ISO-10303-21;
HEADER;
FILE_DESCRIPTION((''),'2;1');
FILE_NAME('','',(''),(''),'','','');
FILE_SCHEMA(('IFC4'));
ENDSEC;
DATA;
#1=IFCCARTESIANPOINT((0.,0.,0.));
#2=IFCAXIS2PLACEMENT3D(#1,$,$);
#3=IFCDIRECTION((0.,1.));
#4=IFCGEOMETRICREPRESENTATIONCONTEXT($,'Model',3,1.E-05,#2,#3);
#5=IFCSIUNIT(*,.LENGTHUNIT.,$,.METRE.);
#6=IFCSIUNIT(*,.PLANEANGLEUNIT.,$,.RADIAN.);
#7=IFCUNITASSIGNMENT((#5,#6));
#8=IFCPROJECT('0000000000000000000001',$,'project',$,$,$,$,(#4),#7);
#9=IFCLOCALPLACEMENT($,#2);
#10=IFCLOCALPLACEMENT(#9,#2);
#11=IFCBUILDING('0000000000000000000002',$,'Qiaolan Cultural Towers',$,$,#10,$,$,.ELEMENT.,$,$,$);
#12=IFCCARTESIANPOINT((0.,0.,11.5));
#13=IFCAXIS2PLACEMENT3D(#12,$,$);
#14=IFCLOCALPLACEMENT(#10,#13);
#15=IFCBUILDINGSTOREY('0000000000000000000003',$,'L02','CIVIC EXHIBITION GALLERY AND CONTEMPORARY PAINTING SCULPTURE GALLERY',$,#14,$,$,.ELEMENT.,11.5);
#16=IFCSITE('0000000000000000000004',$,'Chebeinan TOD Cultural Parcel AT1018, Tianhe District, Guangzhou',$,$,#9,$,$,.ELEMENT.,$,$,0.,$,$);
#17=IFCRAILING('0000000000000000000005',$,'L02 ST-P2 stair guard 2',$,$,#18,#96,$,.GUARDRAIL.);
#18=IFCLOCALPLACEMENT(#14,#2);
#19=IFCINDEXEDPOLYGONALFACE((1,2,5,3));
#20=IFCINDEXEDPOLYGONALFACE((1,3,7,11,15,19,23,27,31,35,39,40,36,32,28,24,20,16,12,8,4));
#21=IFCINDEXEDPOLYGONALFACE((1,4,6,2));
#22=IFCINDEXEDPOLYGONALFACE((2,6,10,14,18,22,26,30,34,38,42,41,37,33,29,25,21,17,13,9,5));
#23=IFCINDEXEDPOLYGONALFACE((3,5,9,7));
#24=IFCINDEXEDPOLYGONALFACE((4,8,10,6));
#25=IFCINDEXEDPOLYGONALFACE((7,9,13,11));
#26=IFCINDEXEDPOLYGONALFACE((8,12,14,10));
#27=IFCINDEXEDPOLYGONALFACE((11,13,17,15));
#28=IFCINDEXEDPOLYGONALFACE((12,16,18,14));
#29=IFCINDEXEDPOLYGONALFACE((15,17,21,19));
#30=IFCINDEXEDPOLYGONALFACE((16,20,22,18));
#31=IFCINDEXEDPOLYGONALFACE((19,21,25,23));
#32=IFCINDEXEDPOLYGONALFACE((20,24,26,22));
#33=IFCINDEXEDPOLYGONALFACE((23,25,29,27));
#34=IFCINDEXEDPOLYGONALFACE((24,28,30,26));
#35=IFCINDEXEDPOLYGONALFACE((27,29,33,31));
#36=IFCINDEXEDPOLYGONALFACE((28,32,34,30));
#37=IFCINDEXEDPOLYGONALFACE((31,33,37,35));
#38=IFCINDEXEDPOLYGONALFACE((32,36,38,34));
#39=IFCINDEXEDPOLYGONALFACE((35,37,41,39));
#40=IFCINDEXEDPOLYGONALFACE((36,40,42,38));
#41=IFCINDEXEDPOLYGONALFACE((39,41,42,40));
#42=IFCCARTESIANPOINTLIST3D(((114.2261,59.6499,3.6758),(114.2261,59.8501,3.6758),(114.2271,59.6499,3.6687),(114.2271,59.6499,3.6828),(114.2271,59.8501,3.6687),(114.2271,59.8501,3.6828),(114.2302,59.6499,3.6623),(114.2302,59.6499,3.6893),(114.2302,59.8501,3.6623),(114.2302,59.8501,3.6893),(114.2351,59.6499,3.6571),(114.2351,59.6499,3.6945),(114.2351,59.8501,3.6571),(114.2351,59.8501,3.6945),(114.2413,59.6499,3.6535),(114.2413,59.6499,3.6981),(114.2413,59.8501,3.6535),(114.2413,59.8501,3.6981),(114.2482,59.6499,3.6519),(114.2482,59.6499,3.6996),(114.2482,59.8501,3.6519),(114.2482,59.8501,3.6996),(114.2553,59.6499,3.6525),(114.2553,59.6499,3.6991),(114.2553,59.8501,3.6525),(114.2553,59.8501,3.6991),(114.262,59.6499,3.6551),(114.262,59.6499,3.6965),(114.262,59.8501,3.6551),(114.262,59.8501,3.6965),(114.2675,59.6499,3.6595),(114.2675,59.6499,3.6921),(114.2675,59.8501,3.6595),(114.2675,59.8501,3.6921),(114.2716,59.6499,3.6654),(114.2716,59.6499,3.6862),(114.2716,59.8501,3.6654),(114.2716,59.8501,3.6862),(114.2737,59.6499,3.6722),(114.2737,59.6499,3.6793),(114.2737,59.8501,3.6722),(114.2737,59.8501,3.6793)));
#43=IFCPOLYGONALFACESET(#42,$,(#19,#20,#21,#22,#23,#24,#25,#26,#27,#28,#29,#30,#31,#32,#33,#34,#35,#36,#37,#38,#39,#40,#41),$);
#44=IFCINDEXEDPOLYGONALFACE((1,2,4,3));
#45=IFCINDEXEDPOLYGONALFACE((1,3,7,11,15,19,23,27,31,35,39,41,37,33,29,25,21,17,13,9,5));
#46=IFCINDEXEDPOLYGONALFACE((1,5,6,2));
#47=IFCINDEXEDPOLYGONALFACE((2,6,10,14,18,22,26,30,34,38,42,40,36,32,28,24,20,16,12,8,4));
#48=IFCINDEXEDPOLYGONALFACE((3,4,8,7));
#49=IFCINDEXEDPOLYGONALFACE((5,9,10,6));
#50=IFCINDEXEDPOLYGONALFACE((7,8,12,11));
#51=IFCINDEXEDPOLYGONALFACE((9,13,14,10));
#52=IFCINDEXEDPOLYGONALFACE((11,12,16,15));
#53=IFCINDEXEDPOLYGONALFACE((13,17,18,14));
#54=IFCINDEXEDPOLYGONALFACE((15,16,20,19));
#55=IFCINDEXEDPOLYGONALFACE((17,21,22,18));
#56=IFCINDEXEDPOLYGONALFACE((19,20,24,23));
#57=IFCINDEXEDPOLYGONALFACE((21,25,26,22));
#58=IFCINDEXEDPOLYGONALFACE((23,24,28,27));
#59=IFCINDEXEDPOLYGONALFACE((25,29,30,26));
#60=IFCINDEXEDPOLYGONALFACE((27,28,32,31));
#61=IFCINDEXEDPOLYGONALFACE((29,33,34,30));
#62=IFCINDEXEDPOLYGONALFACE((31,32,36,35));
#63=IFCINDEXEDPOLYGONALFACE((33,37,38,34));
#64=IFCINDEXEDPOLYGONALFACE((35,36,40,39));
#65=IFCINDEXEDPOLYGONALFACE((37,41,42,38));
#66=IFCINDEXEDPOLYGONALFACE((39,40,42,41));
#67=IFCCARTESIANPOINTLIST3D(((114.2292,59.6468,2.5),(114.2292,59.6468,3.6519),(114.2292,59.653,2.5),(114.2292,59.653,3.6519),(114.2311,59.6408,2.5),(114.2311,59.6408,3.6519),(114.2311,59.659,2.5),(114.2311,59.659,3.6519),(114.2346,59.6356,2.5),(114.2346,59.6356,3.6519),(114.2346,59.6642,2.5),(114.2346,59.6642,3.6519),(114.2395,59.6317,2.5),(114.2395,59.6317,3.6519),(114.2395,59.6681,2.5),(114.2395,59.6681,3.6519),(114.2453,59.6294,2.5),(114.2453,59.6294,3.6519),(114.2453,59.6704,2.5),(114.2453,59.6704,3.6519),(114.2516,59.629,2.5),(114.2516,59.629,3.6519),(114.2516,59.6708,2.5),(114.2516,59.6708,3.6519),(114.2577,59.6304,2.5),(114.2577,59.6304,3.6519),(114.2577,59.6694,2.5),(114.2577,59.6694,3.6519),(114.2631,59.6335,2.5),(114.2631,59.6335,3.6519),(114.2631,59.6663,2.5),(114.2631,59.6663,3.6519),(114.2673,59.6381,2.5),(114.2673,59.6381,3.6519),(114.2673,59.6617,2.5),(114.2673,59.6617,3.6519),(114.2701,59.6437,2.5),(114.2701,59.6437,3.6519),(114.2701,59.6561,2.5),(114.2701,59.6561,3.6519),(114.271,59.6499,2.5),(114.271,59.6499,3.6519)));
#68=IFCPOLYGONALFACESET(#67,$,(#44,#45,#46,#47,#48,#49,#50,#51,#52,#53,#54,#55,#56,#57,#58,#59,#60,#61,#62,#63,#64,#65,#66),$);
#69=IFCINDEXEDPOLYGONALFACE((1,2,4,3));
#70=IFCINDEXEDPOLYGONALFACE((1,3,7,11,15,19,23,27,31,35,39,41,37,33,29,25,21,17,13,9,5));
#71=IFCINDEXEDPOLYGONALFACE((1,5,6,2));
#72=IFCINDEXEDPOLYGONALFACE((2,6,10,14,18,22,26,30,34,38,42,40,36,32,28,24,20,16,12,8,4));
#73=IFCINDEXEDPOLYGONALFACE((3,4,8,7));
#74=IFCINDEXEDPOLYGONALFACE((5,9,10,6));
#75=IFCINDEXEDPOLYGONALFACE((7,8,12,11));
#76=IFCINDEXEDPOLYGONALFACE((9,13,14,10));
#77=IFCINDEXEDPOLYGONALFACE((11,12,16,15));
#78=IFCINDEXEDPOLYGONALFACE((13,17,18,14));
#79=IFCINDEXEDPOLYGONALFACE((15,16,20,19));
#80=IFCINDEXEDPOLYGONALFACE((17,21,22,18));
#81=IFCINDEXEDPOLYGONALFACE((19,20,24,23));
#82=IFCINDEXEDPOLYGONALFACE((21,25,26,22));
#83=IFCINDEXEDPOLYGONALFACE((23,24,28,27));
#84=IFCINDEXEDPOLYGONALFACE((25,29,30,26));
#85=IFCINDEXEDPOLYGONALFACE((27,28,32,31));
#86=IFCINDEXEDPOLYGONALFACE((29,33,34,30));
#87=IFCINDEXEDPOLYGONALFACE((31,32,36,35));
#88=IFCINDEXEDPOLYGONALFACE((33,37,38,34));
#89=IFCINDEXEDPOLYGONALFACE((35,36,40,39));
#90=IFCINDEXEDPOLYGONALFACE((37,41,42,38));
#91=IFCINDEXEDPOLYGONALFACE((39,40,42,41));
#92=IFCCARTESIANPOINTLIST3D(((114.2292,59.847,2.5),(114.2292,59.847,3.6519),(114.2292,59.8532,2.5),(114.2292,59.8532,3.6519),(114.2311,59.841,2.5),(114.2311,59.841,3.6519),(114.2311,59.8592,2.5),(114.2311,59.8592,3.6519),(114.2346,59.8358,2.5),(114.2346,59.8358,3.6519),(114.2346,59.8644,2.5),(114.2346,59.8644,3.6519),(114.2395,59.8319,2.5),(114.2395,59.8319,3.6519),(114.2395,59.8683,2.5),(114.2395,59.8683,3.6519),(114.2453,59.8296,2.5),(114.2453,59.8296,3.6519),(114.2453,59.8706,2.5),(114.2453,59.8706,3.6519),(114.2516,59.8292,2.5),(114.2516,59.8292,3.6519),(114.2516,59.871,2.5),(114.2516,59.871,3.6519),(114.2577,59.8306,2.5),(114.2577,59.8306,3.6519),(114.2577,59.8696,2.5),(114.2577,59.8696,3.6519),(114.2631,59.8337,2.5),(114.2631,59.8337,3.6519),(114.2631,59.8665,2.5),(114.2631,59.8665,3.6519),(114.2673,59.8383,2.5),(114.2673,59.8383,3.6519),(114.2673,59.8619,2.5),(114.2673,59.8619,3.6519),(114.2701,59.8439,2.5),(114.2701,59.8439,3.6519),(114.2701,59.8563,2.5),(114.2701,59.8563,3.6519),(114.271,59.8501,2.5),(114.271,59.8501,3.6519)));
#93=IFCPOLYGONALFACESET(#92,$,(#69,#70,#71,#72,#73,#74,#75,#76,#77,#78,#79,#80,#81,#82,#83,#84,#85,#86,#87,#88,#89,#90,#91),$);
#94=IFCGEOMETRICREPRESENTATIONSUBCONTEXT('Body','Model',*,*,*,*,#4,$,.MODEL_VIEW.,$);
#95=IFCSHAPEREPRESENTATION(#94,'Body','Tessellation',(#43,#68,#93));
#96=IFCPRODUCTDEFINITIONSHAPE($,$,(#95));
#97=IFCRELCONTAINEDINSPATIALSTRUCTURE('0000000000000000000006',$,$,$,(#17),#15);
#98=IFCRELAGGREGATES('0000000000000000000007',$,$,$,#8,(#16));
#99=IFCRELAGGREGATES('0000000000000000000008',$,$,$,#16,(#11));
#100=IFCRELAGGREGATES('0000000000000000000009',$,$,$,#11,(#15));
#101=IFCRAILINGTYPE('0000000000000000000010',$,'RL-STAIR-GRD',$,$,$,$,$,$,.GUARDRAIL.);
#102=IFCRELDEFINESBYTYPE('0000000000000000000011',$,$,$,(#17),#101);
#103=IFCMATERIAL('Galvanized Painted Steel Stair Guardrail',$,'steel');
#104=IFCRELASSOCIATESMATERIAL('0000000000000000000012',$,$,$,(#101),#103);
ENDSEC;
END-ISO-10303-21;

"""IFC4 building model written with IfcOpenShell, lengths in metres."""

from ifc_helpers import new_model, si_unit, direction, frame, origin, origin_2d, place, context, subcontext, project, spatial, circle, extrude, material, type_object, element, save


model = new_model("IFC4")

# Units and contexts
model_context = context("Model", 3, precision=1e-05, world=origin(), true_north=direction((0.0, 1.0)))
body_context = subcontext(model_context, "Body", "Model", "MODEL_VIEW")
ifc_project = project(units=[si_unit("LENGTHUNIT", "METRE"), si_unit("PLANEANGLEUNIT", "RADIAN")], contexts=[model_context])

# Site, building, storey
site_placement = place(None, origin())
site = spatial("IfcSite", under=ifc_project, at=site_placement, Name="Chebeinan TOD Cultural Parcel AT1018, Tianhe District, Guangzhou", CompositionType="ELEMENT", RefElevation=0.0)
building_placement = place(site_placement, origin())
building = spatial("IfcBuilding", under=site, at=building_placement, Name="Qiaolan Cultural Towers", CompositionType="ELEMENT")
storey_placement = place(building_placement, frame((0.0, 0.0, 11.5)))
storey = spatial("IfcBuildingStorey", under=building, at=storey_placement, Name="L02", Description="CIVIC EXHIBITION GALLERY AND CONTEMPORARY PAINTING SCULPTURE GALLERY", CompositionType="ELEMENT", Elevation=11.5)

# Railing
ifc_material_1 = material(Name="Galvanized Painted Steel Stair Guardrail", Category="steel")
railing_type_1 = type_object("IfcRailingType", Name="RL-STAIR-GRD", PredefinedType="GUARDRAIL", material=ifc_material_1)
railing_1_placement = place(storey_placement, frame((114.25, 59.6499, 2.5)))
element("IfcRailing", 1, at=railing_1_placement, inside=storey, type_object=railing_type_1, Name="L02 ST-P2 stair guard 2", PredefinedType="GUARDRAIL", context=body_context, shape_type="SweptSolid", body=[
    extrude(circle(Radius=0.0239, at=origin_2d()), frame((0.0, 0.0, 1.1758), z_axis=(0.0, 1.0, 0.0), x_axis=(-1.0, 0.0, 0.0)), (0.0, 0.0, 1.0), 0.2002),
    extrude(circle(Radius=0.021, at=origin_2d()), origin(), (0.0, 0.0, 1.0), 1.1519),
    extrude(circle(Radius=0.021, at=origin_2d()), frame((0.0, 0.2002, 0.0)), (0.0, 0.0, 1.0), 1.1519),
])

save(model, "model.ifc")
